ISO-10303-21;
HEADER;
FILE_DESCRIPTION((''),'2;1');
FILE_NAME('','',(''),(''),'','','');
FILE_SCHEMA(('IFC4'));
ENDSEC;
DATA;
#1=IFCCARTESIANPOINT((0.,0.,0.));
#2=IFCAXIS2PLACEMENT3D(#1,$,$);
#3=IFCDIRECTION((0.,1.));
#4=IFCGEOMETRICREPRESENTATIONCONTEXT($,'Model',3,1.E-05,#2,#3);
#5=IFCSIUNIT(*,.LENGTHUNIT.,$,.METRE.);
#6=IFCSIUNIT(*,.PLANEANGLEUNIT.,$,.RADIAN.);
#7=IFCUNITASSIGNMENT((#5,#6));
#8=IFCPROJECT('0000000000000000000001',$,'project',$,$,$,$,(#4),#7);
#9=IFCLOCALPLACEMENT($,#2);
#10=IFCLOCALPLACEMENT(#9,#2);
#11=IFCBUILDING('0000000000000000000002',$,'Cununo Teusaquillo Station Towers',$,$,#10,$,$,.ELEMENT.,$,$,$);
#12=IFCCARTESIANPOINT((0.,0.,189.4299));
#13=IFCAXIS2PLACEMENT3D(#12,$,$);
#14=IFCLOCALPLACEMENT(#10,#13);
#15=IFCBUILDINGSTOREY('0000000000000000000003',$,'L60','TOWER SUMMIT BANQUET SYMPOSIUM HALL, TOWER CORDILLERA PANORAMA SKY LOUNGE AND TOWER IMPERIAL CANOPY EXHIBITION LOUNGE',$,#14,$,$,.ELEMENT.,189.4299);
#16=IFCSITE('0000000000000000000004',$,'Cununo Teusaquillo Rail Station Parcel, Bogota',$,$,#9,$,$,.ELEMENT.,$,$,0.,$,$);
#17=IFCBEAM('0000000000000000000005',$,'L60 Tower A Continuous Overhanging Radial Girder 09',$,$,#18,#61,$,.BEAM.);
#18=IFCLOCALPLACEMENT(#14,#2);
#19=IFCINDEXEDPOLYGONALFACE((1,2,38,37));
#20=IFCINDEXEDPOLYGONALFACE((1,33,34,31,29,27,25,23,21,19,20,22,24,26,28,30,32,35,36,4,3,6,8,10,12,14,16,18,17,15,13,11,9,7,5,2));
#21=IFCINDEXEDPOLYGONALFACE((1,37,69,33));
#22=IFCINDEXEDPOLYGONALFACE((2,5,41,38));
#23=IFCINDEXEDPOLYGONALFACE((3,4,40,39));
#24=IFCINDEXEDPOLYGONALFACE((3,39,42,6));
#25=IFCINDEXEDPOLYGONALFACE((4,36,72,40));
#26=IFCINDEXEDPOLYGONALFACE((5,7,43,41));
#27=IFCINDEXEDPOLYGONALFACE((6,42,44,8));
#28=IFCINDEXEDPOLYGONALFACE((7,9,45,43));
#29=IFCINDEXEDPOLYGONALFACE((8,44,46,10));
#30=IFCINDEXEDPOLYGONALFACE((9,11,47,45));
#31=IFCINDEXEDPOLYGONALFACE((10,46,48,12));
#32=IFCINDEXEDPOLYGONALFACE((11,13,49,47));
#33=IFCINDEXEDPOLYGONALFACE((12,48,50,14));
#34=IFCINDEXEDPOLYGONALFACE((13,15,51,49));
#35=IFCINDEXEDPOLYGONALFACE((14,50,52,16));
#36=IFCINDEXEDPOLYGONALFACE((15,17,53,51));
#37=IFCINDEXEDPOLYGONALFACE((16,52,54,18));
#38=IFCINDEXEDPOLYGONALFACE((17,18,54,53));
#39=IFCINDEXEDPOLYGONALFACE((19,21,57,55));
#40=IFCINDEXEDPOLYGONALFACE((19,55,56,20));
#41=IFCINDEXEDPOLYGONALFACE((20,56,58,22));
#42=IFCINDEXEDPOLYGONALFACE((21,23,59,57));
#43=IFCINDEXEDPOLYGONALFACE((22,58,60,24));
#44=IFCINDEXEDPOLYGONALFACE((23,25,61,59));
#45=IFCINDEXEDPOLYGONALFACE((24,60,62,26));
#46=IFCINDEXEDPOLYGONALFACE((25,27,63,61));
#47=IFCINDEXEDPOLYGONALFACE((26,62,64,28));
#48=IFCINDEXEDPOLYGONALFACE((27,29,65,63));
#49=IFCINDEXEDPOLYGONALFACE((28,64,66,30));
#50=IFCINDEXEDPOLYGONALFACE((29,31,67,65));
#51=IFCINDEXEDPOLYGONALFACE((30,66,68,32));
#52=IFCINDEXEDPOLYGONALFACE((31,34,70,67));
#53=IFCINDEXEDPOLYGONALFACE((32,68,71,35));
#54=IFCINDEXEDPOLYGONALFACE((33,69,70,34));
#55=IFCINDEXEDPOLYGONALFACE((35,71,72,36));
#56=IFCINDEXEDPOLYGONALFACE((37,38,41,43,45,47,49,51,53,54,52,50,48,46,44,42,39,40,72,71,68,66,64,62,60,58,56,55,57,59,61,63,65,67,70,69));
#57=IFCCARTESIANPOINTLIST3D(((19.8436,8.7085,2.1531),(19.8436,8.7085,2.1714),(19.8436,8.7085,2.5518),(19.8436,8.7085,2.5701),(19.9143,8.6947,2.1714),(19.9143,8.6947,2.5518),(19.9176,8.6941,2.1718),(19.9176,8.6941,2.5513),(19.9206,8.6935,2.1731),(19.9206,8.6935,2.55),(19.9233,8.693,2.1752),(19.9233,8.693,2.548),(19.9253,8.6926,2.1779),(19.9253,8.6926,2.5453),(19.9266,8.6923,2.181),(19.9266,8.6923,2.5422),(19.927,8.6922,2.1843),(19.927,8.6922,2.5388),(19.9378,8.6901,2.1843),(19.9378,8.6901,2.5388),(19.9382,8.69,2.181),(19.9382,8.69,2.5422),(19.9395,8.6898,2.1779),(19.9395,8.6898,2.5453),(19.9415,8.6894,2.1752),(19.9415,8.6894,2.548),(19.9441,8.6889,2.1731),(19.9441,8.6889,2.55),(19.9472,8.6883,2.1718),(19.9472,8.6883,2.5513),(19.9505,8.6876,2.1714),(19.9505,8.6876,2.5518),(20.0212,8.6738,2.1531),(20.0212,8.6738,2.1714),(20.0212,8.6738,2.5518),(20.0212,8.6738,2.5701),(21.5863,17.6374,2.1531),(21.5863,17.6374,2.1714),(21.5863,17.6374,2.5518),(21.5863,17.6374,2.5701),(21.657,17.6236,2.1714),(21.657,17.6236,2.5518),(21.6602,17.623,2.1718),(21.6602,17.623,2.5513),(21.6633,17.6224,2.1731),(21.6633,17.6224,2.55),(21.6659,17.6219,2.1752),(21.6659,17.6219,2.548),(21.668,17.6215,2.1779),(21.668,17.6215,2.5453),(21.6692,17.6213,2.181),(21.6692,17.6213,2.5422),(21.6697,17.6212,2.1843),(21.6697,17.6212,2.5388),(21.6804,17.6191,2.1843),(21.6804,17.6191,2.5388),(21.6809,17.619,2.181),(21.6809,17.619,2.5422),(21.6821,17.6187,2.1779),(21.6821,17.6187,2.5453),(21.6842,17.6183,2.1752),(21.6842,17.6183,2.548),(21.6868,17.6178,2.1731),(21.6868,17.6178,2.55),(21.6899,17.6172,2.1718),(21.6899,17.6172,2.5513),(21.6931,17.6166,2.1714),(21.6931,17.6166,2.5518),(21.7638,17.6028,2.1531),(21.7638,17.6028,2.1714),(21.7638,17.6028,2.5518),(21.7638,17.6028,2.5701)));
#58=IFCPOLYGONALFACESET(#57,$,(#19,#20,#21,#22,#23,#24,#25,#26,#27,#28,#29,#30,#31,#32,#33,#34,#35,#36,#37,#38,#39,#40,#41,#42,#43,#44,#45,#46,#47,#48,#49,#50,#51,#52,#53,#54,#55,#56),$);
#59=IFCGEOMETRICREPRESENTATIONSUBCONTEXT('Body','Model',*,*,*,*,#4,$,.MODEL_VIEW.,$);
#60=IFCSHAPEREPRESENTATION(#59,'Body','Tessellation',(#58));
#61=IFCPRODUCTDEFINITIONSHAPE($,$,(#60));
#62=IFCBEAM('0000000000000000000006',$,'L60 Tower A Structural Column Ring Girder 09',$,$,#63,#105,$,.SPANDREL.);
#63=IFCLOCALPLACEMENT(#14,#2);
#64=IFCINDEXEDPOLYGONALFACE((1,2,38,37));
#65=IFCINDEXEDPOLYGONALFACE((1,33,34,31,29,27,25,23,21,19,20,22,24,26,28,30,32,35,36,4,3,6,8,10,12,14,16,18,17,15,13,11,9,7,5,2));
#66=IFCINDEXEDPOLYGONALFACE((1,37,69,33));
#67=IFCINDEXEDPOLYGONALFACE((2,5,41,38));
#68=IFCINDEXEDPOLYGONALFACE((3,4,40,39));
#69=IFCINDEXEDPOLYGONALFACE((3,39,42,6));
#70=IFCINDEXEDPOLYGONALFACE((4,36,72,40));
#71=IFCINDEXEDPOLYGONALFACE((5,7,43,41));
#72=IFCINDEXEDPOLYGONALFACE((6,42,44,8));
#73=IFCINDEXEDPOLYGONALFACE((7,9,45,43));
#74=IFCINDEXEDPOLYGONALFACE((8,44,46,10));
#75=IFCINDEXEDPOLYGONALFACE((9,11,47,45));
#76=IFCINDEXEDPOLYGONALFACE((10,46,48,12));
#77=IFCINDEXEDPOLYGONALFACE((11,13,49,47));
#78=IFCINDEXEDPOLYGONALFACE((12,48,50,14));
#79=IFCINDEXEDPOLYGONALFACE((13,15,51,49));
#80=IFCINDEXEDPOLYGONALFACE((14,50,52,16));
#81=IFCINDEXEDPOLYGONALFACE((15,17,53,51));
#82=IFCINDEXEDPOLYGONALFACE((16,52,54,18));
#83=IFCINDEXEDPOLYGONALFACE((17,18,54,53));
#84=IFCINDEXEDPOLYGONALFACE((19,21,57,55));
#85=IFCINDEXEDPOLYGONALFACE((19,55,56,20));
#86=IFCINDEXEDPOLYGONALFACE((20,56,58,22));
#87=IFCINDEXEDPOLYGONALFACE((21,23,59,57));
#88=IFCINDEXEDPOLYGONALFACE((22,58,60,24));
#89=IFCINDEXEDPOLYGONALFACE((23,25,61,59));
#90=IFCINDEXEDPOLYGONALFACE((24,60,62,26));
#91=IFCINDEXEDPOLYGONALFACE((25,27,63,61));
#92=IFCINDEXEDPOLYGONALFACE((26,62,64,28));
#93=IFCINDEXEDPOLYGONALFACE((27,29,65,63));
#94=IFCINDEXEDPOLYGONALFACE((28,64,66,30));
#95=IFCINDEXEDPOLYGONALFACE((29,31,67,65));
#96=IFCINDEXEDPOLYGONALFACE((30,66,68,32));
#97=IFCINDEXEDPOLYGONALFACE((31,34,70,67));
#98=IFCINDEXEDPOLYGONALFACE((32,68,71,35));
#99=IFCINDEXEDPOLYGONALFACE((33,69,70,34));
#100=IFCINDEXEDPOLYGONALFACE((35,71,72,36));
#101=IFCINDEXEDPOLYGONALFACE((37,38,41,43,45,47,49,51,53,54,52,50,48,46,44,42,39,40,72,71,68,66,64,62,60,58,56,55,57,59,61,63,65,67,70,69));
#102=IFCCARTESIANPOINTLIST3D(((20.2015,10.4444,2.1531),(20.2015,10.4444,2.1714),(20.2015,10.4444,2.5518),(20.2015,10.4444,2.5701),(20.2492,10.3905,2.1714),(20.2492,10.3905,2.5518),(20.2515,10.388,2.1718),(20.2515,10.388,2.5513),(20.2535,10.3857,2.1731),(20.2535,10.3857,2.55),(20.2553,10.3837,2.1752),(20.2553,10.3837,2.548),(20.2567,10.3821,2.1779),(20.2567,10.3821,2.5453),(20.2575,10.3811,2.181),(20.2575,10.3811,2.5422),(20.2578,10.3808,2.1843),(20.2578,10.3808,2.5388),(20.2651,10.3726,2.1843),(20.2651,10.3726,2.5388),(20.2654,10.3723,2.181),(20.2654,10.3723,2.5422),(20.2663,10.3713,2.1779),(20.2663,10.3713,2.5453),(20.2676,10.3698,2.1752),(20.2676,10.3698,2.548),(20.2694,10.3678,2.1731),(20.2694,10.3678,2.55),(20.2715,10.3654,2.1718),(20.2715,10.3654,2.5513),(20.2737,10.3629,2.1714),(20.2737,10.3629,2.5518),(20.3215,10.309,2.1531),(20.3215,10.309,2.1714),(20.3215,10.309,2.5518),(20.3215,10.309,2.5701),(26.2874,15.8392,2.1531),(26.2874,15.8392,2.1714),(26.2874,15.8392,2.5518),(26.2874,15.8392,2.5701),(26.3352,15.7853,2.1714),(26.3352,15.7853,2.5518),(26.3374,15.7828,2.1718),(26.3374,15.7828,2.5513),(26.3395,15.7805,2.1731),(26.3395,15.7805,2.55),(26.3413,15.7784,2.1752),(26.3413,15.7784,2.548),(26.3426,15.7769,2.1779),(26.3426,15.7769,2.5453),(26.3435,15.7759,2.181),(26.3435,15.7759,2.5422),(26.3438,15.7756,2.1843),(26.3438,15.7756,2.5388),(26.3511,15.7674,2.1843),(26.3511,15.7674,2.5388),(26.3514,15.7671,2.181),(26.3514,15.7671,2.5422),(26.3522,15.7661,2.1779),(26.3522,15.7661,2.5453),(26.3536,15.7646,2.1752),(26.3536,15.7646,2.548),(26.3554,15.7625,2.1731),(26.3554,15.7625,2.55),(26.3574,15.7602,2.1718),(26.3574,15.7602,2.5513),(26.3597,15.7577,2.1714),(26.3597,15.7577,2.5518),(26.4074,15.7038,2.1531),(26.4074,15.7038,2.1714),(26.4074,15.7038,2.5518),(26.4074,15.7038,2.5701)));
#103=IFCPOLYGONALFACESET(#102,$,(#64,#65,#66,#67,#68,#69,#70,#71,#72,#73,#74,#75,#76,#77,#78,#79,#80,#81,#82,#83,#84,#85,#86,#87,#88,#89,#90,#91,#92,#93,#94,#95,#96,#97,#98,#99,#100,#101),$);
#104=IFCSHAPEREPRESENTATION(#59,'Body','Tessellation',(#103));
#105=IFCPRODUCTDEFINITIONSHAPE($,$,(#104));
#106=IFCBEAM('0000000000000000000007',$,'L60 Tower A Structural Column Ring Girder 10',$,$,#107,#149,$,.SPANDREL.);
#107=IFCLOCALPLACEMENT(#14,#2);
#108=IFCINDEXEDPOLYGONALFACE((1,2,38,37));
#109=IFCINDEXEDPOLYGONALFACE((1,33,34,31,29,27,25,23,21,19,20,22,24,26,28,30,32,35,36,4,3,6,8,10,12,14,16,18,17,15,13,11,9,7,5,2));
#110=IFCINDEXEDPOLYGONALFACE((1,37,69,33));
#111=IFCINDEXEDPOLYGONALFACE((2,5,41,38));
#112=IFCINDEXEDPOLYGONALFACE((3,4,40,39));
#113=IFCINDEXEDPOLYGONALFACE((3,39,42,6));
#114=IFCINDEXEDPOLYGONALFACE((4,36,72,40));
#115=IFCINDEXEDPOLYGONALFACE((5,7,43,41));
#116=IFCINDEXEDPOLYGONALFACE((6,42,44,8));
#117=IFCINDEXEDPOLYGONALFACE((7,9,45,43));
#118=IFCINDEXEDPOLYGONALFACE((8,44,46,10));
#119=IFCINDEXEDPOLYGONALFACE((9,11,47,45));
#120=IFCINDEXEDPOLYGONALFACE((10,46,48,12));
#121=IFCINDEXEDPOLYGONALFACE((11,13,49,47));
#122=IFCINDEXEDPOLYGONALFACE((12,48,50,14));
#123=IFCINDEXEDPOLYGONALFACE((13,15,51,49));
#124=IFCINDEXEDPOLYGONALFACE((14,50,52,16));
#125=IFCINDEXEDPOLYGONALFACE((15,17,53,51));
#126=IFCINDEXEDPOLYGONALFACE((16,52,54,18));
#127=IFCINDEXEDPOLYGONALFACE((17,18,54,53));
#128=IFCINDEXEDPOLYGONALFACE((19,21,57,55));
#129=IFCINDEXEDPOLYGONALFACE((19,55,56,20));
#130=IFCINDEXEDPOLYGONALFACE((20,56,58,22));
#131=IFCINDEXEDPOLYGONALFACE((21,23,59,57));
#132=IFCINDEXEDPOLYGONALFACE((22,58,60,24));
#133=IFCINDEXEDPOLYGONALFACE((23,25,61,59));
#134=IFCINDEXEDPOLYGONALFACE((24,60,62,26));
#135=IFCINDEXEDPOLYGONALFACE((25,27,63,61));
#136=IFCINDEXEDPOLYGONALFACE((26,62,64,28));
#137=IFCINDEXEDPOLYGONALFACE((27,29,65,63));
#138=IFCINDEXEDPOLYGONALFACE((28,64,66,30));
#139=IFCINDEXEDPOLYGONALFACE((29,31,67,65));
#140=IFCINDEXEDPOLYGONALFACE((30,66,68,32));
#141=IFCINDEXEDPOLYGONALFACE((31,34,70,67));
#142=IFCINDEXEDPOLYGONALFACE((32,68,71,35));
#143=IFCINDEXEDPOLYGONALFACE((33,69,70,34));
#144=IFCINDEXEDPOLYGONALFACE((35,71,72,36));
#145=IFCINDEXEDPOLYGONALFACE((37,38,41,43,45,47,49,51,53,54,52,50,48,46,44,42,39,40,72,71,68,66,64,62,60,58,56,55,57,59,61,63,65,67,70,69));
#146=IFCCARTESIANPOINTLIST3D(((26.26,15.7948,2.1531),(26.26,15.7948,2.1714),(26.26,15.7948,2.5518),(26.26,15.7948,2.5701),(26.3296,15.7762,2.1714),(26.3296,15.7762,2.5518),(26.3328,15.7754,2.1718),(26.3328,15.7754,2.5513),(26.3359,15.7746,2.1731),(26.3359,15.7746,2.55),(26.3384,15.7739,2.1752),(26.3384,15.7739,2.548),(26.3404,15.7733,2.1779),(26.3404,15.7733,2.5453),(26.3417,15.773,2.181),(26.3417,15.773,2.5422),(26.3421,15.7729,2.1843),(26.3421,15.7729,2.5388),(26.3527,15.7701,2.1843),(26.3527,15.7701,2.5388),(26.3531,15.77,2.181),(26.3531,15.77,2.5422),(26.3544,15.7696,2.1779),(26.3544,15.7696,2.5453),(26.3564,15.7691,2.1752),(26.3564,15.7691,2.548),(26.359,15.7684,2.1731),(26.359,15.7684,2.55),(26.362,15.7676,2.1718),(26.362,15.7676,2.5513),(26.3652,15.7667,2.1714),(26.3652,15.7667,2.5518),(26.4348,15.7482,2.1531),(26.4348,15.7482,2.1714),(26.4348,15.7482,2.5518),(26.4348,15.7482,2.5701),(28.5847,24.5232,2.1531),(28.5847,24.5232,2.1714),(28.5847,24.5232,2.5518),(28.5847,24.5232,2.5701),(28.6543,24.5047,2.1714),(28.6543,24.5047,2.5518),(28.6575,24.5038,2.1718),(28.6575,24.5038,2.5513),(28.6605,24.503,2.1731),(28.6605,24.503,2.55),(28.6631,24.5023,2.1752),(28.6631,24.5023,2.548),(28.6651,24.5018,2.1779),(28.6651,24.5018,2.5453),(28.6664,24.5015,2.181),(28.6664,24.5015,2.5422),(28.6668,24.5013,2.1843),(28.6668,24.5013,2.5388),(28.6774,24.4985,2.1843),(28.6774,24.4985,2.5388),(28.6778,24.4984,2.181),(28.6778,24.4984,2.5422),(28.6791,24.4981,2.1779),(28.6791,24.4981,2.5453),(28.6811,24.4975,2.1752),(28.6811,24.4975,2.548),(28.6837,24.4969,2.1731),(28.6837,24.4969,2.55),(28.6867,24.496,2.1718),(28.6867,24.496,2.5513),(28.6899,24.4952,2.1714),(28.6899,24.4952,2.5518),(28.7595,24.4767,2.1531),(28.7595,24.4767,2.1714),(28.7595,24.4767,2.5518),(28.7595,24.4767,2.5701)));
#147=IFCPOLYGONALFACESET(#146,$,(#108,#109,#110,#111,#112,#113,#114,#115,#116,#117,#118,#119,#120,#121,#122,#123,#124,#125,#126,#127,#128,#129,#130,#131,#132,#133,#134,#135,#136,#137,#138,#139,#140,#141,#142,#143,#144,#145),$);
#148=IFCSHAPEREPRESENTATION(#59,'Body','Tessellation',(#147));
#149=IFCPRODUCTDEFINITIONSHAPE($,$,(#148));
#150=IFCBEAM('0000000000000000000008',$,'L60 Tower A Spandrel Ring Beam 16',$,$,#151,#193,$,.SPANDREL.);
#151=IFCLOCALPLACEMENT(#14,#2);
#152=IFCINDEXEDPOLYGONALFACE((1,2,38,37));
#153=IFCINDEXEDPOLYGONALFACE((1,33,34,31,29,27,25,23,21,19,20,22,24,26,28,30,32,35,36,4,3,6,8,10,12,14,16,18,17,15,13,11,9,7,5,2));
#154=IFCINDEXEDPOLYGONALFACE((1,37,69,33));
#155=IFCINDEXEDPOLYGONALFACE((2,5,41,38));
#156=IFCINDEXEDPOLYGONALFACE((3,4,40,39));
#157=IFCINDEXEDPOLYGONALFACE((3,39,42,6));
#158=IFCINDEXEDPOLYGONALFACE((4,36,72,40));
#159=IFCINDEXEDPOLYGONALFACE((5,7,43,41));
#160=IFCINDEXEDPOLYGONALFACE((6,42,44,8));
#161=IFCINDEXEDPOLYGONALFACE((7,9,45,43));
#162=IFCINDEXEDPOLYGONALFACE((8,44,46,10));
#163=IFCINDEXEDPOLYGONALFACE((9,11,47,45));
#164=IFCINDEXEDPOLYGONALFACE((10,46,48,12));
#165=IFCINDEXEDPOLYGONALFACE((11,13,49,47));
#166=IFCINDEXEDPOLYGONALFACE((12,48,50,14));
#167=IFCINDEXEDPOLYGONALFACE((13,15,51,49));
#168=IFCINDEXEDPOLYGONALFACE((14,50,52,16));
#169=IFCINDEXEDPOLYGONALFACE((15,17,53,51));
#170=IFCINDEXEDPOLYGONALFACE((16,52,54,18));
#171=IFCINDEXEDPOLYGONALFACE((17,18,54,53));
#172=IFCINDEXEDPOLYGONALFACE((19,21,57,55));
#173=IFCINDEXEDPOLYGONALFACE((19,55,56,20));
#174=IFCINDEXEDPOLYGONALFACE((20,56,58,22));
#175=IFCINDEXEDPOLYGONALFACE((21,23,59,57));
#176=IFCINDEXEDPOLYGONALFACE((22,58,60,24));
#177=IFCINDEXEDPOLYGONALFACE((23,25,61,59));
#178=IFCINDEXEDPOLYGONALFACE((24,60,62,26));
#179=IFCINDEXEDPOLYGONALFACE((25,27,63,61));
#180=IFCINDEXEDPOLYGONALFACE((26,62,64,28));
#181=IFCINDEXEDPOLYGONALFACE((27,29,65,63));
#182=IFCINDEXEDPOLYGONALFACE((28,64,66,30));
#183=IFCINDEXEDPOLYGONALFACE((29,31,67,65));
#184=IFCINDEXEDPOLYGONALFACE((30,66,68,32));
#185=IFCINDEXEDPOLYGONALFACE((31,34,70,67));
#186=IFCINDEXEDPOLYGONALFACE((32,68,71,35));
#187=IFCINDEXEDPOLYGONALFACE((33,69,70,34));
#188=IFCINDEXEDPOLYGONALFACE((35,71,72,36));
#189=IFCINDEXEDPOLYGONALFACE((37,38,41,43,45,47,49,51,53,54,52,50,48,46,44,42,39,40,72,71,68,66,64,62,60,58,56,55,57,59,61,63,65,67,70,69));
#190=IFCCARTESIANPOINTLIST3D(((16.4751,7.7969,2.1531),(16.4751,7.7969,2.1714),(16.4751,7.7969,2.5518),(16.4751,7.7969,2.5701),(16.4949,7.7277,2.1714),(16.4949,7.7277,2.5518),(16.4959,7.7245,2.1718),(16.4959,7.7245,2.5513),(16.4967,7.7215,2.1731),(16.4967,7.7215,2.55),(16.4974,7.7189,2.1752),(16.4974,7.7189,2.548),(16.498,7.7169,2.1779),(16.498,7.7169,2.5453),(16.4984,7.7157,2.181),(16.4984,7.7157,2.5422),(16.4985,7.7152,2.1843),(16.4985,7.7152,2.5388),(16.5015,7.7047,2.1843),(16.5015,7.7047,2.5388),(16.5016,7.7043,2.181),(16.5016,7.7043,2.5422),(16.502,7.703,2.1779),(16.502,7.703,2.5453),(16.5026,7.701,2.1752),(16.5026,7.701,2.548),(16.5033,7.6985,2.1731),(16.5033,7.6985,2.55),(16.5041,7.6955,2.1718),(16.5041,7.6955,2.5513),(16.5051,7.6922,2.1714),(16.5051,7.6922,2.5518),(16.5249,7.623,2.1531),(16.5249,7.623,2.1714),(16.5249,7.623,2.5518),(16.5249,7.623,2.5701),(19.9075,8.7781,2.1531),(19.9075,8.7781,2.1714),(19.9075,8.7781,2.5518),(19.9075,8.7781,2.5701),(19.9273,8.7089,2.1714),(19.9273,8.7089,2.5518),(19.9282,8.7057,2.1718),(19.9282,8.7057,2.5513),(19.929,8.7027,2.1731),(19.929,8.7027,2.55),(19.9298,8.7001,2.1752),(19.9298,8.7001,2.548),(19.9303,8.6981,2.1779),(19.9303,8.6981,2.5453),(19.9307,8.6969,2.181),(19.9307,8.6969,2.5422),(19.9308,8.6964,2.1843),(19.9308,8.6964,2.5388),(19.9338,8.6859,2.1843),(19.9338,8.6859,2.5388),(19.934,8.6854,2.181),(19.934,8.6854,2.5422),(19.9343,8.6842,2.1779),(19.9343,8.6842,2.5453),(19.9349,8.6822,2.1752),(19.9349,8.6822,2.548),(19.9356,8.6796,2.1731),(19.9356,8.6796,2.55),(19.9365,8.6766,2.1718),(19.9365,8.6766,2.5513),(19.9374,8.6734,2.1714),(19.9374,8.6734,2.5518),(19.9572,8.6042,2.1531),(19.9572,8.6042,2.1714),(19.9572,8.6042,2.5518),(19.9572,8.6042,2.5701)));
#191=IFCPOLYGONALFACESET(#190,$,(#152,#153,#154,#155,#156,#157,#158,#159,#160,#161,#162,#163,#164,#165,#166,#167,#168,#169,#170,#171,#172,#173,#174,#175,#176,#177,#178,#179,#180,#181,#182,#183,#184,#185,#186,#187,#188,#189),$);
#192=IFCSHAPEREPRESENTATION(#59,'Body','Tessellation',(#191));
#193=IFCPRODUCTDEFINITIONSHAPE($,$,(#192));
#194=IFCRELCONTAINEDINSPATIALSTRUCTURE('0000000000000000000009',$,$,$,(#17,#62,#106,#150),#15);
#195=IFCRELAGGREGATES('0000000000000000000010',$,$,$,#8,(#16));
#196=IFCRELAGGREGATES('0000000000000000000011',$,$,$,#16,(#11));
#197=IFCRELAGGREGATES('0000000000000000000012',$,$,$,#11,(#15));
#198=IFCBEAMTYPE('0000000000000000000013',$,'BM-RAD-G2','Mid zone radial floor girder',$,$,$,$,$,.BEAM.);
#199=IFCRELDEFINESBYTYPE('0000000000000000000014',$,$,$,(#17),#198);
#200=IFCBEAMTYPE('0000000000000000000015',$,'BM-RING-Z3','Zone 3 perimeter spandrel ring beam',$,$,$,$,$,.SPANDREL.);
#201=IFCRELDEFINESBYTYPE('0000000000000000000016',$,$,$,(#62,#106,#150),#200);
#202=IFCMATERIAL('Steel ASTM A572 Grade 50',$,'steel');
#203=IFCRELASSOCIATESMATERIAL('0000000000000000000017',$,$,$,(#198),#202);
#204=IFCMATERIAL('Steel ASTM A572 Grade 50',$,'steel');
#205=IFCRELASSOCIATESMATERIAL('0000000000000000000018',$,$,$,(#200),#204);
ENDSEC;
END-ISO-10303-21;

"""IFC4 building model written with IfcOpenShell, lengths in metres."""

from ifc_helpers import new_model, si_unit, direction, frame, origin, origin_2d, place, context, subcontext, project, spatial, i_section, extrude, material, material_profile, profile_set, type_object, element, save


model = new_model("IFC4")

# Units and contexts
model_context = context("Model", 3, precision=1e-05, world=origin(), true_north=direction((0.0, 1.0)))
body_context = subcontext(model_context, "Body", "Model", "MODEL_VIEW")
ifc_project = project(units=[si_unit("LENGTHUNIT", "METRE"), si_unit("PLANEANGLEUNIT", "RADIAN")], contexts=[model_context])

# Site, building, storey
site_placement = place(None, origin())
site = spatial("IfcSite", under=ifc_project, at=site_placement, Name="Cununo Teusaquillo Rail Station Parcel, Bogota", CompositionType="ELEMENT", RefElevation=0.0)
building_placement = place(site_placement, origin())
building = spatial("IfcBuilding", under=site, at=building_placement, Name="Cununo Teusaquillo Station Towers", CompositionType="ELEMENT")
storey_placement = place(building_placement, frame((0.0, 0.0, 189.4299)))
storey = spatial("IfcBuildingStorey", under=building, at=storey_placement, Name="L60", Description="TOWER SUMMIT BANQUET SYMPOSIUM HALL, TOWER CORDILLERA PANORAMA SKY LOUNGE AND TOWER IMPERIAL CANOPY EXHIBITION LOUNGE", CompositionType="ELEMENT", Elevation=189.4299)

# Beams
ifc_material_1 = material(Name="Steel ASTM A572 Grade 50", Category="steel")
ifc_material_profile_1 = material_profile(ifc_material_1, i_section(OverallWidth=0.1809, OverallDepth=0.417, WebThickness=0.011, FlangeThickness=0.0183, FilletRadius=0.0129, at=origin_2d()), Name="W16X57")
ifc_profile_set_1 = profile_set([ifc_material_profile_1], Name="Steel ASTM A572 Grade 50")
beam_type_1 = type_object("IfcBeamType", Name="BM-RAD-G2", Description="Mid zone radial floor girder", PredefinedType="BEAM", material=ifc_profile_set_1)
beam_1_placement = place(storey_placement, frame((21.675, 17.6201, 2.3616), z_axis=(-0.191557, -0.981481, 0.0), x_axis=(0.981481, -0.191557, 0.0)))
element("IfcBeam", 1, at=beam_1_placement, inside=storey, type_object=beam_type_1, Name="L60 Tower A Continuous Overhanging Radial Girder 09", PredefinedType="BEAM", context=body_context, shape_type="SweptSolid", body=[
    extrude(i_section(OverallWidth=0.1809, OverallDepth=0.417, WebThickness=0.011, FlangeThickness=0.0183, FilletRadius=0.0129, at=origin_2d()), origin(), (0.0, 0.0, 1.0), 9.0974),
])
ifc_material_2 = material(Name="Steel ASTM A572 Grade 50", Category="steel")
ifc_material_profile_2 = material_profile(ifc_material_2, i_section(OverallWidth=0.1809, OverallDepth=0.417, WebThickness=0.011, FlangeThickness=0.0183, FilletRadius=0.0129, at=origin_2d()), Name="W16X57")
ifc_profile_set_2 = profile_set([ifc_material_profile_2], Name="Steel ASTM A572 Grade 50")
beam_type_2 = type_object("IfcBeamType", Name="BM-RING-Z3", Description="Zone 3 perimeter spandrel ring beam", PredefinedType="SPANDREL", material=ifc_profile_set_2)
beam_2_placement = place(storey_placement, frame((20.2615, 10.3767, 2.3616), z_axis=(0.748321, 0.663337, 0.0), x_axis=(-0.663337, 0.748321, 0.0)))
element("IfcBeam", 2, at=beam_2_placement, inside=storey, type_object=beam_type_2, Name="L60 Tower A Structural Column Ring Girder 09", PredefinedType="SPANDREL", context=body_context, shape_type="SweptSolid", body=[
    extrude(i_section(OverallWidth=0.1809, OverallDepth=0.417, WebThickness=0.011, FlangeThickness=0.0183, FilletRadius=0.0129, at=origin_2d()), origin(), (0.0, 0.0, 1.0), 8.1328),
])
beam_3_placement = place(storey_placement, frame((26.3474, 15.7715, 2.3616), z_axis=(0.257363, 0.966315, 0.0), x_axis=(-0.966315, 0.257363, 0.0)))
element("IfcBeam", 3, at=beam_3_placement, inside=storey, type_object=beam_type_2, Name="L60 Tower A Structural Column Ring Girder 10", PredefinedType="SPANDREL", context=body_context, shape_type="SweptSolid", body=[
    extrude(i_section(OverallWidth=0.1809, OverallDepth=0.417, WebThickness=0.011, FlangeThickness=0.0183, FilletRadius=0.0129, at=origin_2d()), origin(), (0.0, 0.0, 1.0), 9.0327),
])
beam_4_placement = place(storey_placement, frame((16.5, 7.71, 2.3616), z_axis=(0.961485, 0.274857, 0.0), x_axis=(-0.274857, 0.961485, 0.0)))
element("IfcBeam", 4, at=beam_4_placement, inside=storey, type_object=beam_type_2, Name="L60 Tower A Spandrel Ring Beam 16", PredefinedType="SPANDREL", context=body_context, shape_type="SweptSolid", body=[
    extrude(i_section(OverallWidth=0.1809, OverallDepth=0.417, WebThickness=0.011, FlangeThickness=0.0183, FilletRadius=0.0129, at=origin_2d()), origin(), (0.0, 0.0, 1.0), 3.5698),
])

save(model, "model.ifc")
